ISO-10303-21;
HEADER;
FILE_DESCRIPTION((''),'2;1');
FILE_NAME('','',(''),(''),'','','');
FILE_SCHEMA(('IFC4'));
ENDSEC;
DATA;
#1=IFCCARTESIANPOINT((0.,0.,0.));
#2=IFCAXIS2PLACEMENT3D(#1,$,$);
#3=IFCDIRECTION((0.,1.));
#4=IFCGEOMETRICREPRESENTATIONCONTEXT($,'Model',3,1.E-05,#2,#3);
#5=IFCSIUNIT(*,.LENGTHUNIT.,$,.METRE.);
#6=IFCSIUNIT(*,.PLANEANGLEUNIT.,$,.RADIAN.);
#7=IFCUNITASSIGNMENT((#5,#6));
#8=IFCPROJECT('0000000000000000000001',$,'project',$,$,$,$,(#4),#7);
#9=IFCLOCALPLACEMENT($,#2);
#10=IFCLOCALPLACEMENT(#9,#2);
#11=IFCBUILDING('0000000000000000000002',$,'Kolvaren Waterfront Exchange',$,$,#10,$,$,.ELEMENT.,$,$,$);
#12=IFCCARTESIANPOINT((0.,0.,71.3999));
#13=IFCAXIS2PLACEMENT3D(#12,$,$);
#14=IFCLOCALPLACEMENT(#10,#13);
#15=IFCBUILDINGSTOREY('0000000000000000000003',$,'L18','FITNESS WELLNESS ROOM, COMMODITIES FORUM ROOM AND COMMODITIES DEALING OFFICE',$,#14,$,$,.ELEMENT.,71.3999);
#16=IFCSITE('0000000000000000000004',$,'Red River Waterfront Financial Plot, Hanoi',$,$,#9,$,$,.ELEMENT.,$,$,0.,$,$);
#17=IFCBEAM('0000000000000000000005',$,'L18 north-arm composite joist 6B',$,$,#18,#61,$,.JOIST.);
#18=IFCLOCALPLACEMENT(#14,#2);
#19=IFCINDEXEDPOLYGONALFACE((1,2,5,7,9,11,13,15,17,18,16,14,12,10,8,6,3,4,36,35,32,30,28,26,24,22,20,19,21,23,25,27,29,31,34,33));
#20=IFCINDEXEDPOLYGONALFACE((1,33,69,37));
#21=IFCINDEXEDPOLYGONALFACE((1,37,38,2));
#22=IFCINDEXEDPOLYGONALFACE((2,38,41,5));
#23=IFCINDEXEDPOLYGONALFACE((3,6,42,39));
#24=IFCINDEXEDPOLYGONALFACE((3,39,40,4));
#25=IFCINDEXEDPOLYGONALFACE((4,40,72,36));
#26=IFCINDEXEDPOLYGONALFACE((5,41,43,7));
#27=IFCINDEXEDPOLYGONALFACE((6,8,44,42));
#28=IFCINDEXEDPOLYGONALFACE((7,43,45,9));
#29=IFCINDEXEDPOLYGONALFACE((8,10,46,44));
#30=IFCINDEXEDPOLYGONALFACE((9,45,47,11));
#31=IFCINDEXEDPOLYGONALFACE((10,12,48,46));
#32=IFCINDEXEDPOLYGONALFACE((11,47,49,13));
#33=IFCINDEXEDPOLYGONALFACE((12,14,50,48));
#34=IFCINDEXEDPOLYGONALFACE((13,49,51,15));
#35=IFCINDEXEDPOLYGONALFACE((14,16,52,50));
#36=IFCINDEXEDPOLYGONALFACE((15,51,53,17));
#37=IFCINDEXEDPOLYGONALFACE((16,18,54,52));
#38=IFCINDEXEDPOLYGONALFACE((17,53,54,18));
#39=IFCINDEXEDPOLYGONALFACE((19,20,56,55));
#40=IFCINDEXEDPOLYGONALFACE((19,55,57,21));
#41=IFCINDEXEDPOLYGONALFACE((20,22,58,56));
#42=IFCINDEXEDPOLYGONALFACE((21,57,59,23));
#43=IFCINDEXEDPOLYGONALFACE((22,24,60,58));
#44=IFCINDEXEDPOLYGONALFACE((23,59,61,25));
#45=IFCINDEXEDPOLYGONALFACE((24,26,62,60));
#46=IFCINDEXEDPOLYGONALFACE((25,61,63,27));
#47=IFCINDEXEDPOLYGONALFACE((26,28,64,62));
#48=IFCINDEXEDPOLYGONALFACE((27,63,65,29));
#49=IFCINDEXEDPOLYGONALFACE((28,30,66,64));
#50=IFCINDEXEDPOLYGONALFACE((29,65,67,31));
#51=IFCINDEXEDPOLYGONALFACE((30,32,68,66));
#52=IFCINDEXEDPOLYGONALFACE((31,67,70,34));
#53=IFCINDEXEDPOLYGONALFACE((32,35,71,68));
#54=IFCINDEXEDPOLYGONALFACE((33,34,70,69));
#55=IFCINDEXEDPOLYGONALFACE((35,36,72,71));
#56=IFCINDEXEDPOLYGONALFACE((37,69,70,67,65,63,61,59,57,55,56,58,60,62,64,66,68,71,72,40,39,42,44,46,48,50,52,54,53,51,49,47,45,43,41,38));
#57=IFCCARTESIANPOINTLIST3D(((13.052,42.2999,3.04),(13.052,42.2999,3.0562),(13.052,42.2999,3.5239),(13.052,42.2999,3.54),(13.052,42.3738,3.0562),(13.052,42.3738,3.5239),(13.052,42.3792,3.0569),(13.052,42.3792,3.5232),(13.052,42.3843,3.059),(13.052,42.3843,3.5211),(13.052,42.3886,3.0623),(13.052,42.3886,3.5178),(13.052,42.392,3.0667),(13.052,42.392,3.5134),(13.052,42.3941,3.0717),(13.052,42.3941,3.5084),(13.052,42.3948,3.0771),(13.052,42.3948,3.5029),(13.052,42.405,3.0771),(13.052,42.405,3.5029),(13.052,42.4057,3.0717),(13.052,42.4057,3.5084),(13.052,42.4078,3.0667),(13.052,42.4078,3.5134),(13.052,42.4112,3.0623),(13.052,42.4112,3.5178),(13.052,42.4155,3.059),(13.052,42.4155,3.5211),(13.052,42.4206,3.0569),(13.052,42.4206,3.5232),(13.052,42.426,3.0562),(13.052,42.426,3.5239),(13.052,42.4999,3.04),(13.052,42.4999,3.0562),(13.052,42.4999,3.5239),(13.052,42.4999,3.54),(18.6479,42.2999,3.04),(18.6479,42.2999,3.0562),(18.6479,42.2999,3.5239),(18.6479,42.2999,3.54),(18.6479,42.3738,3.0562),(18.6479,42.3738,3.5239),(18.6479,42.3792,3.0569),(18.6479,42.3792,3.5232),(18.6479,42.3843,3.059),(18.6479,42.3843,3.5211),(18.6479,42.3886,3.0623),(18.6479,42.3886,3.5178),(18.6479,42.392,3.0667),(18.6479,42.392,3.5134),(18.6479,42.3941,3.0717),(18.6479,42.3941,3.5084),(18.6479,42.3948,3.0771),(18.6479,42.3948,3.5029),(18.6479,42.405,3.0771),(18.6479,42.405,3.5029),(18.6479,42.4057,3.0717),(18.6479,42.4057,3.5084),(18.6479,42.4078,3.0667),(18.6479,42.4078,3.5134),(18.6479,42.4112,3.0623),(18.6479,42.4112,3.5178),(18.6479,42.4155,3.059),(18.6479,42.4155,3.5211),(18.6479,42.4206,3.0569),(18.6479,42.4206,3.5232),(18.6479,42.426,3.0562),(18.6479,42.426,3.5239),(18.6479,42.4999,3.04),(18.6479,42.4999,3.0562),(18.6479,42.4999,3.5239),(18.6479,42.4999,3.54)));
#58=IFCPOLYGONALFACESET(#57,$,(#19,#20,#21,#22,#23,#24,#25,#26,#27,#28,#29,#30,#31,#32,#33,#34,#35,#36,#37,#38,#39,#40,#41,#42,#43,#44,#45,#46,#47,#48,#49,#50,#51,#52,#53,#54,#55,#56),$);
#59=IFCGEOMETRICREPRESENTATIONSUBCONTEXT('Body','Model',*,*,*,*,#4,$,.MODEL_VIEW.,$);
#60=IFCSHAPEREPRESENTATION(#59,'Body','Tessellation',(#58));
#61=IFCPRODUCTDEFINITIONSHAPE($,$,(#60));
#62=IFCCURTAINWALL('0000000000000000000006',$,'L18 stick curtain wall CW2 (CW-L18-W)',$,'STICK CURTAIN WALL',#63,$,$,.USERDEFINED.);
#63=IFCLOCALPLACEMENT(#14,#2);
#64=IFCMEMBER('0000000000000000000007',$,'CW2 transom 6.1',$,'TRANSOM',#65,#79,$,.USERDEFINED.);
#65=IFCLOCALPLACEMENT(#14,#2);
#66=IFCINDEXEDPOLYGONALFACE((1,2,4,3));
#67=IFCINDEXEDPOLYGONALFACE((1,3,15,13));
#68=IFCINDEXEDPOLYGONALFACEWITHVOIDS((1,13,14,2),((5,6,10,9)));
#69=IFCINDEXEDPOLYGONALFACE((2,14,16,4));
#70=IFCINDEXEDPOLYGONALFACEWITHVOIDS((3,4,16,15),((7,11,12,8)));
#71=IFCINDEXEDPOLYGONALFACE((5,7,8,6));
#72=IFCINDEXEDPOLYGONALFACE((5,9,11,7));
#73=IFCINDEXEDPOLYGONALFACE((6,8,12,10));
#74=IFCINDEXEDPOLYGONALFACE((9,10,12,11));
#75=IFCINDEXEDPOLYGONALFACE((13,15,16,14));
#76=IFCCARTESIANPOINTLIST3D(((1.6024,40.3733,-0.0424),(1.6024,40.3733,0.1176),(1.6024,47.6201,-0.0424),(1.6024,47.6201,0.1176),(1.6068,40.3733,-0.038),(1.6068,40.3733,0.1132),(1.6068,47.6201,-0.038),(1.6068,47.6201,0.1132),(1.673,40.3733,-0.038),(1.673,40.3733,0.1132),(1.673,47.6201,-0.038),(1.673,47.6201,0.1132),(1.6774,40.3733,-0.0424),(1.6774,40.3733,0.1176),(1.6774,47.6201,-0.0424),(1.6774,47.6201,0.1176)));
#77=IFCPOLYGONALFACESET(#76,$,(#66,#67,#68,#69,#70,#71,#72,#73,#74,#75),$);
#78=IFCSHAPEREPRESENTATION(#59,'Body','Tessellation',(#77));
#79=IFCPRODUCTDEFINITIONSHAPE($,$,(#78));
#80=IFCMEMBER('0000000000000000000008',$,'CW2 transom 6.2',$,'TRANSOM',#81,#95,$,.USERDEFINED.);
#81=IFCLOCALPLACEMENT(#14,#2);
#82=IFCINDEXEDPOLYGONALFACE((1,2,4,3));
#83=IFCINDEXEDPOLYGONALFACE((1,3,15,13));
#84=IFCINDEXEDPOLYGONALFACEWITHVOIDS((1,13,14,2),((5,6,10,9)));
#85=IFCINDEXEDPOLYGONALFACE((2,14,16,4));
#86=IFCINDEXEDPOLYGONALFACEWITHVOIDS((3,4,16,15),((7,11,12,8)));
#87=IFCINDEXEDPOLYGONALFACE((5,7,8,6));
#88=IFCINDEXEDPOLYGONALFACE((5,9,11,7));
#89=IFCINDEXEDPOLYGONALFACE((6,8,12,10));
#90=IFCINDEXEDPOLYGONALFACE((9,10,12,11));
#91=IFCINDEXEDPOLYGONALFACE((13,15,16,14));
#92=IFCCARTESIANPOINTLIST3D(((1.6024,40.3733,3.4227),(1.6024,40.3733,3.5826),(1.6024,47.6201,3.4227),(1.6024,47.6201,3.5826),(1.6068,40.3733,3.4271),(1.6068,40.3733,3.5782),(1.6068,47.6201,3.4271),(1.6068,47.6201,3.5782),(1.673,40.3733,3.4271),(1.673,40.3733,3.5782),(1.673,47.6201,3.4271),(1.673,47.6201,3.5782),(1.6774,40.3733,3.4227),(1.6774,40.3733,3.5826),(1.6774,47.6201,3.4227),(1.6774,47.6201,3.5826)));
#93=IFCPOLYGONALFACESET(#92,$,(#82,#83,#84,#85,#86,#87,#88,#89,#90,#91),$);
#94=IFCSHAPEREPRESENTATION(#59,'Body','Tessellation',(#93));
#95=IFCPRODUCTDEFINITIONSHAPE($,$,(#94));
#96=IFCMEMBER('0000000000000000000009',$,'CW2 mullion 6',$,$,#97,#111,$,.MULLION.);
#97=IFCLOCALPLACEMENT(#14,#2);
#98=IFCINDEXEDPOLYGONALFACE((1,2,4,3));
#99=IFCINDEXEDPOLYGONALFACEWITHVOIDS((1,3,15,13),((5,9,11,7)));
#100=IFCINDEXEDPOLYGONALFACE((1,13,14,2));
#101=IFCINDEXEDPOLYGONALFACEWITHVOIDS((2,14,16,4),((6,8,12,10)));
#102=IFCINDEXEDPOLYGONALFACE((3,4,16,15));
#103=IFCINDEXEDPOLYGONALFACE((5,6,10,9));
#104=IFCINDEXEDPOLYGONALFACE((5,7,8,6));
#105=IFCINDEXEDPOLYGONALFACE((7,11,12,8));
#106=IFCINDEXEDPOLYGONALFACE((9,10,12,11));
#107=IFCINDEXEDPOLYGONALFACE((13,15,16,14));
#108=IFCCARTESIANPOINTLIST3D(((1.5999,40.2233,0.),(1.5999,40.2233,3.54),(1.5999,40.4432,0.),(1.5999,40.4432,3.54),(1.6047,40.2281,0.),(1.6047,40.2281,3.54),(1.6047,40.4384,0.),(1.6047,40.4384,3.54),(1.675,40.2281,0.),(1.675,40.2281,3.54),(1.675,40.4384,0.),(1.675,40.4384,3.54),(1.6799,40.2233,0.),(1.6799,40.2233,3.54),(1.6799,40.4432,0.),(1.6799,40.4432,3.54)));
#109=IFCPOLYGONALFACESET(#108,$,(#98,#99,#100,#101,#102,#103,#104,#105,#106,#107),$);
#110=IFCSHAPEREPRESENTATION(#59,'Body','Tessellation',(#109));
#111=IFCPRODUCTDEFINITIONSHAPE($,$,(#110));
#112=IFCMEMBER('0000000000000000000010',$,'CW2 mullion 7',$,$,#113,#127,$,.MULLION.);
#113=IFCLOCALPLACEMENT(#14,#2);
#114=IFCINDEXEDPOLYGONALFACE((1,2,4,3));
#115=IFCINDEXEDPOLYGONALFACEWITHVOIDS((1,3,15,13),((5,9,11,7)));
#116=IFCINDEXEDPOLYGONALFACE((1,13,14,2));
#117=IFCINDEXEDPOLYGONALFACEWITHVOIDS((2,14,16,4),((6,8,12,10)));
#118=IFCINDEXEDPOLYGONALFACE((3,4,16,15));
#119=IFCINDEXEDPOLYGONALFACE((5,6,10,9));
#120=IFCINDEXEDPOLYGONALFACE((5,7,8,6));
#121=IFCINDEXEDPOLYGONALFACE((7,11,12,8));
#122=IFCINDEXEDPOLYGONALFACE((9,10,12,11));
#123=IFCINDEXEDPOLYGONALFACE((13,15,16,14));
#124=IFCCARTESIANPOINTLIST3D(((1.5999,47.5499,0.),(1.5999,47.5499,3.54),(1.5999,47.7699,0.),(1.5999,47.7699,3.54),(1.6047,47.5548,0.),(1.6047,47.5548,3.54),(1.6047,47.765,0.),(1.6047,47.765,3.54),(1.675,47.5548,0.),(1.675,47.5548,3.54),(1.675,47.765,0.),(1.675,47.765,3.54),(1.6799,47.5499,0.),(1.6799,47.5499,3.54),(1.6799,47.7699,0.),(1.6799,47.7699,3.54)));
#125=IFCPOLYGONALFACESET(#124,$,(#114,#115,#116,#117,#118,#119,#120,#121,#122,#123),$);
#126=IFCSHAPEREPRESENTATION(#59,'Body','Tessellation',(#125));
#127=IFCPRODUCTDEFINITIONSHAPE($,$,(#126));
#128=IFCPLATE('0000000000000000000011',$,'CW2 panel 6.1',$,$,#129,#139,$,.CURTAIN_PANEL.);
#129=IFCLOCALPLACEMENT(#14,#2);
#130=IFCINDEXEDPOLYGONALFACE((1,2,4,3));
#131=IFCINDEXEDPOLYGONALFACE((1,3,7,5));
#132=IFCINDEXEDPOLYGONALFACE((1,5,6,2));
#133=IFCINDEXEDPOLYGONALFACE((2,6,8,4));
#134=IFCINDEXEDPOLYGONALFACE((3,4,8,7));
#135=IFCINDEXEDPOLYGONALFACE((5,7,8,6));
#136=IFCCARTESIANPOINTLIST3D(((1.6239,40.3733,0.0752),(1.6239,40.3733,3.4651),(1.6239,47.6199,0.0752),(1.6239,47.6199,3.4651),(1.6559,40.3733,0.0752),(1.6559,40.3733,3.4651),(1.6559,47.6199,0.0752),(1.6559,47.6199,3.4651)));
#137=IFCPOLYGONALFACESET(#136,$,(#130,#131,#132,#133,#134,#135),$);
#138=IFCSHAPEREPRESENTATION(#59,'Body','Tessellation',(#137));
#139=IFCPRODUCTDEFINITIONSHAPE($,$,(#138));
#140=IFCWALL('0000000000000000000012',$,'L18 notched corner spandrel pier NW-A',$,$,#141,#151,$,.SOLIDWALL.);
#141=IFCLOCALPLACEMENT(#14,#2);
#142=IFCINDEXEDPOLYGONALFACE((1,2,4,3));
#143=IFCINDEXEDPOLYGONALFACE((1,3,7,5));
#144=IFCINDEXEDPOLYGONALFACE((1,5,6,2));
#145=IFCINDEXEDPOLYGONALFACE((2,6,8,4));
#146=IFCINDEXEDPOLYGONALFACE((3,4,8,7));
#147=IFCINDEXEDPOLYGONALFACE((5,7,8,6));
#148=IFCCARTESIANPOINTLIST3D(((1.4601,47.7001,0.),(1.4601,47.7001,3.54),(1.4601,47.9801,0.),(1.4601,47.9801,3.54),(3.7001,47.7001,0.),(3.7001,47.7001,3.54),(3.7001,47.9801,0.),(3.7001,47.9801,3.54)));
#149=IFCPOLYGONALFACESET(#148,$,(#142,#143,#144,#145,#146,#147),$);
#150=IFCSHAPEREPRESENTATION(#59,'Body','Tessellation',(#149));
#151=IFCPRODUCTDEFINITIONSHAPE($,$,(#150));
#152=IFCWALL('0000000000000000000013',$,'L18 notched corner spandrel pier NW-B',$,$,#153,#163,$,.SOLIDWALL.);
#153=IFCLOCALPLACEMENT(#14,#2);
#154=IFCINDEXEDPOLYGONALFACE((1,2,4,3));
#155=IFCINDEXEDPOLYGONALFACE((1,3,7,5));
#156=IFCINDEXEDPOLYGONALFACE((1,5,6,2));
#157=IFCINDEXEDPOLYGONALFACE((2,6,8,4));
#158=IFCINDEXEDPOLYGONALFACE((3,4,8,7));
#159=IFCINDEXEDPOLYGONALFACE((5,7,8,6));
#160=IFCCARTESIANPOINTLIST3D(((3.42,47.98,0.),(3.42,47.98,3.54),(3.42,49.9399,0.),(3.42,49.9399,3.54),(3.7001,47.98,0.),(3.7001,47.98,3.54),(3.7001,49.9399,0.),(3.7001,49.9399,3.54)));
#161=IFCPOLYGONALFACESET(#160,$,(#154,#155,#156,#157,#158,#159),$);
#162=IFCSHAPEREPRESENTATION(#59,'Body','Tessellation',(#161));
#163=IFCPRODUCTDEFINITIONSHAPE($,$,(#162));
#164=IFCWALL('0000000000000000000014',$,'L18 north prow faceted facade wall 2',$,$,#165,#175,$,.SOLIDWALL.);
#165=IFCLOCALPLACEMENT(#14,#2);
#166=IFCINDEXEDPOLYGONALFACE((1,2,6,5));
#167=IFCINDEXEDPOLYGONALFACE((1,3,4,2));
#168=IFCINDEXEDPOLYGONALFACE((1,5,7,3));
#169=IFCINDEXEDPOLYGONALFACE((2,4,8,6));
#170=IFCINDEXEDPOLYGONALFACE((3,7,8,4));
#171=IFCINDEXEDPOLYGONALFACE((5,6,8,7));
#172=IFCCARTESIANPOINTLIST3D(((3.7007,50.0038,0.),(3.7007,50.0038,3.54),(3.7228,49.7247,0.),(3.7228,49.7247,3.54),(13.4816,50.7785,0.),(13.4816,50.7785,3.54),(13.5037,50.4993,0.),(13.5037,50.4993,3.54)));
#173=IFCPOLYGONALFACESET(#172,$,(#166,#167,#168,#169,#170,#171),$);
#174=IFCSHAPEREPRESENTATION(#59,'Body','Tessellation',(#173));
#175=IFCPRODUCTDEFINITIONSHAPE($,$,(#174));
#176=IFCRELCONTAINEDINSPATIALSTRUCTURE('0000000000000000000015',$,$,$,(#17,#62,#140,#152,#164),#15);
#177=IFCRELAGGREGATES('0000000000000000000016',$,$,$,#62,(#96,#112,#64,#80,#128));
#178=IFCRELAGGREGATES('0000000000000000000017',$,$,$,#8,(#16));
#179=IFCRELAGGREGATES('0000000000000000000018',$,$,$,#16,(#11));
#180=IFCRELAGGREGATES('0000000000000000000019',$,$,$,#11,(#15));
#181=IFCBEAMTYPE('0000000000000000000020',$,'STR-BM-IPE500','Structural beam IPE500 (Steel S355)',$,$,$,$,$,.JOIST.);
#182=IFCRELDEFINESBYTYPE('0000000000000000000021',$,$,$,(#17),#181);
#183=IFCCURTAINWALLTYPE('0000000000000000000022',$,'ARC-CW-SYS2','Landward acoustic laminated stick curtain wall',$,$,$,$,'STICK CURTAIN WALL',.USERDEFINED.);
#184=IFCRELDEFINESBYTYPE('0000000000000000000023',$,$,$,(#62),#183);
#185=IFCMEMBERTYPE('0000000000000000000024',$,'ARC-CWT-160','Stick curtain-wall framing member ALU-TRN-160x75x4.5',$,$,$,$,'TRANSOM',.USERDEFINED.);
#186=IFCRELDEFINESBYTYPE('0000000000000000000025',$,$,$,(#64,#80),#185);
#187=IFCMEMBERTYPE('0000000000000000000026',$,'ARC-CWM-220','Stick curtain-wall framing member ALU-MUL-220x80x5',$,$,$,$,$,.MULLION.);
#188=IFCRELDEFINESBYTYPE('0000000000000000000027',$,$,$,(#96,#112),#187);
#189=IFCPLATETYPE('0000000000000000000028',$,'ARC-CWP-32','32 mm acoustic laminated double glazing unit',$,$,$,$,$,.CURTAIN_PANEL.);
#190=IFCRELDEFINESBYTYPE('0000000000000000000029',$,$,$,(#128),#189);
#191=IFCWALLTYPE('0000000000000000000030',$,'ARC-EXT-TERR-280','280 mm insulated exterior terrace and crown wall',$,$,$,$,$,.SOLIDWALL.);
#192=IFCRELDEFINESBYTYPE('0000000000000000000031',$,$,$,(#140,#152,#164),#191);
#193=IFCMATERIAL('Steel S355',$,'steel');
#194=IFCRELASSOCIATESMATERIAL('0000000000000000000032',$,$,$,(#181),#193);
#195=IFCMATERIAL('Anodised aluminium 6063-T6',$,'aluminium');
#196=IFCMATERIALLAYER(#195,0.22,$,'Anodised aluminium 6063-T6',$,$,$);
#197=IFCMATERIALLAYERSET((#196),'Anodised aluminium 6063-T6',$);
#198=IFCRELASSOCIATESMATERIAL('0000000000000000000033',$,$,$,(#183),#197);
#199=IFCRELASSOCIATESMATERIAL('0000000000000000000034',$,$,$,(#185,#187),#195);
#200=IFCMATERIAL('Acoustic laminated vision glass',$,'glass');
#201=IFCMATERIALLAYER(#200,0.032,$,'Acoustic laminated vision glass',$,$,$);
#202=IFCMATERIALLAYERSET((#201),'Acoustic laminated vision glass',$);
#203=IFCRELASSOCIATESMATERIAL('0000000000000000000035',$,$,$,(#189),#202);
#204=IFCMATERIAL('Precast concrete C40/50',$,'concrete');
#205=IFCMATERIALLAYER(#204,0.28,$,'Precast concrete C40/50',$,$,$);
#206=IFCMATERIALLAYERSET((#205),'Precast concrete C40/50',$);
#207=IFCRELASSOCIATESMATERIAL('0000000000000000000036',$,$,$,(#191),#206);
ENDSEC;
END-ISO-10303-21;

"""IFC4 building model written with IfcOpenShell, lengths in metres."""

from ifc_helpers import new_model, si_unit, direction, frame, frame_2d, origin, origin_with_axes, origin_2d, place, context, subcontext, project, spatial, rectangle, hollow_rectangle, i_section, extrude, source, transform, mapped, material, layer, layer_set, material_profile, profile_set, type_object, element, aggregate, save


model = new_model("IFC4")

# Units and contexts
model_context = context("Model", 3, precision=1e-05, world=origin(), true_north=direction((0.0, 1.0)))
body_context = subcontext(model_context, "Body", "Model", "MODEL_VIEW")
ifc_project = project(units=[si_unit("LENGTHUNIT", "METRE"), si_unit("PLANEANGLEUNIT", "RADIAN")], contexts=[model_context])

# Site, building, storey
site_placement = place(None, origin())
site = spatial("IfcSite", under=ifc_project, at=site_placement, Name="Red River Waterfront Financial Plot, Hanoi", CompositionType="ELEMENT", RefElevation=0.0)
building_placement = place(site_placement, origin())
building = spatial("IfcBuilding", under=site, at=building_placement, Name="Kolvaren Waterfront Exchange", CompositionType="ELEMENT")
storey_placement = place(building_placement, frame((0.0, 0.0, 71.3999)))
storey = spatial("IfcBuildingStorey", under=building, at=storey_placement, Name="L18", Description="FITNESS WELLNESS ROOM, COMMODITIES FORUM ROOM AND COMMODITIES DEALING OFFICE", CompositionType="ELEMENT", Elevation=71.3999)

# Beam
ifc_material_1 = material(Name="Steel S355", Category="steel")
ifc_material_profile_1 = material_profile(ifc_material_1, i_section(OverallWidth=0.2, OverallDepth=0.5, WebThickness=0.0103, FlangeThickness=0.0161, FilletRadius=0.021, at=origin_2d()), Name="IPE500")
ifc_profile_set_1 = profile_set([ifc_material_profile_1], Name="Steel S355")
beam_type_1 = type_object("IfcBeamType", Name="STR-BM-IPE500", Description="Structural beam IPE500 (Steel S355)", PredefinedType="JOIST", material=ifc_profile_set_1)
beam_1_placement = place(storey_placement, frame((13.052, 42.3999, 3.29), z_axis=(1.0, 0.0, 0.0), x_axis=(0.0, 1.0, 0.0)))
element("IfcBeam", 1, at=beam_1_placement, inside=storey, type_object=beam_type_1, Name="L18 north-arm composite joist 6B", PredefinedType="JOIST", context=body_context, shape_type="SweptSolid", body=[
    extrude(i_section(OverallWidth=0.2, OverallDepth=0.5, WebThickness=0.0103, FlangeThickness=0.0161, FilletRadius=0.021, at=origin_2d()), origin(), (0.0, 0.0, 1.0), 5.5959),
])

# Curtain wall, members, plate
ifc_material_2 = material(Name="Anodised aluminium 6063-T6", Category="aluminium")
ifc_layer_1 = layer(ifc_material_2, 0.22, Name="Anodised aluminium 6063-T6")
ifc_layer_set_1 = layer_set([ifc_layer_1], Name="Anodised aluminium 6063-T6")
curtain_wall_type = type_object("IfcCurtainWallType", Name="ARC-CW-SYS2", Description="Landward acoustic laminated stick curtain wall", ElementType="STICK CURTAIN WALL", PredefinedType="USERDEFINED", material=ifc_layer_set_1)
curtain_wall_placement = place(storey_placement, origin())
curtain_wall = element("IfcCurtainWall", 2, at=curtain_wall_placement, inside=storey, type_object=curtain_wall_type, Name="L18 stick curtain wall CW2 (CW-L18-W)", ObjectType="STICK CURTAIN WALL", PredefinedType="USERDEFINED")
ifc_material_profile_2 = material_profile(ifc_material_2, hollow_rectangle(XDim=0.075, YDim=0.1599, WallThickness=0.0044, at=origin_2d()), Name="ALU-TRN-160x75x4.5")
ifc_profile_set_2 = profile_set([ifc_material_profile_2], Name="Anodised aluminium 6063-T6")
member_type_1 = type_object("IfcMemberType", Name="ARC-CWT-160", Description="Stick curtain-wall framing member ALU-TRN-160x75x4.5", ElementType="TRANSOM", PredefinedType="USERDEFINED", material=ifc_profile_set_2)
shared_shape_1 = source(origin_with_axes(), body_context, "Body", "SweptSolid", [
    extrude(hollow_rectangle(XDim=0.075, YDim=0.1599, WallThickness=0.0044, at=origin_2d()), origin(), (0.0, 0.0, 1.0), 7.2468),
])
member_1_placement = place(storey_placement, frame((1.6399, 40.3733, 0.0376), z_axis=(0.0, 1.0, 0.0), x_axis=(-1.0, 0.0, 0.0)))
member_1 = element("IfcMember", 3, at=member_1_placement, type_object=member_type_1, Name="CW2 transom 6.1", ObjectType="TRANSOM", PredefinedType="USERDEFINED", context=body_context, shape_type="MappedRepresentation", body=[
    mapped(shared_shape_1, transform((0.0, 0.0, 0.0), x_axis=(1.0, 0.0, 0.0), y_axis=(0.0, 1.0, 0.0), z_axis=(0.0, 0.0, 1.0), scale=1.0)),
])
member_2_placement = place(storey_placement, frame((1.6399, 40.3733, 3.5027), z_axis=(0.0, 1.0, 0.0), x_axis=(-1.0, 0.0, 0.0)))
member_2 = element("IfcMember", 4, at=member_2_placement, type_object=member_type_1, Name="CW2 transom 6.2", ObjectType="TRANSOM", PredefinedType="USERDEFINED", context=body_context, shape_type="MappedRepresentation", body=[
    mapped(shared_shape_1, transform((0.0, 0.0, 0.0), x_axis=(1.0, 0.0, 0.0), y_axis=(0.0, 1.0, 0.0), z_axis=(0.0, 0.0, 1.0), scale=1.0)),
])
ifc_material_profile_3 = material_profile(ifc_material_2, hollow_rectangle(XDim=0.0801, YDim=0.22, WallThickness=0.0049, at=origin_2d()), Name="ALU-MUL-220x80x5")
ifc_profile_set_3 = profile_set([ifc_material_profile_3], Name="Anodised aluminium 6063-T6")
member_type_2 = type_object("IfcMemberType", Name="ARC-CWM-220", Description="Stick curtain-wall framing member ALU-MUL-220x80x5", PredefinedType="MULLION", material=ifc_profile_set_3)
shared_shape_2 = source(origin_with_axes(), body_context, "Body", "SweptSolid", [
    extrude(hollow_rectangle(XDim=0.0801, YDim=0.22, WallThickness=0.0049, at=origin_2d()), origin(), (0.0, 0.0, 1.0), 3.54),
])
member_3_placement = place(storey_placement, frame((1.6399, 40.3333, 0.0), z_axis=(0.0, 0.0, 1.0), x_axis=(-1.0, 0.0, 0.0)))
member_3 = element("IfcMember", 5, at=member_3_placement, type_object=member_type_2, Name="CW2 mullion 6", PredefinedType="MULLION", context=body_context, shape_type="MappedRepresentation", body=[
    mapped(shared_shape_2, transform((0.0, 0.0, 0.0), x_axis=(1.0, 0.0, 0.0), y_axis=(0.0, 1.0, 0.0), z_axis=(0.0, 0.0, 1.0), scale=1.0)),
])
member_4_placement = place(storey_placement, frame((1.6399, 47.6599, 0.0), z_axis=(0.0, 0.0, 1.0), x_axis=(-1.0, 0.0, 0.0)))
member_4 = element("IfcMember", 6, at=member_4_placement, type_object=member_type_2, Name="CW2 mullion 7", PredefinedType="MULLION", context=body_context, shape_type="MappedRepresentation", body=[
    mapped(shared_shape_2, transform((0.0, 0.0, 0.0), x_axis=(1.0, 0.0, 0.0), y_axis=(0.0, 1.0, 0.0), z_axis=(0.0, 0.0, 1.0), scale=1.0)),
])
ifc_material_3 = material(Name="Acoustic laminated vision glass", Category="glass")
ifc_layer_2 = layer(ifc_material_3, 0.032, Name="Acoustic laminated vision glass")
ifc_layer_set_2 = layer_set([ifc_layer_2], Name="Acoustic laminated vision glass")
plate_type = type_object("IfcPlateType", Name="ARC-CWP-32", Description="32 mm acoustic laminated double glazing unit", PredefinedType="CURTAIN_PANEL", material=ifc_layer_set_2)
shared_shape_3 = source(origin_with_axes(), body_context, "Body", "SweptSolid", [
    extrude(rectangle(XDim=7.2466, YDim=0.032, at=origin_2d()), origin(), (0.0, 0.0, 1.0), 3.3899),
])
plate_placement = place(storey_placement, frame((1.6399, 43.9966, 0.0752), z_axis=(0.0, 0.0, 1.0), x_axis=(0.0, 1.0, 0.0)))
plate = element("IfcPlate", 7, at=plate_placement, type_object=plate_type, Name="CW2 panel 6.1", PredefinedType="CURTAIN_PANEL", context=body_context, shape_type="MappedRepresentation", body=[
    mapped(shared_shape_3, transform((0.0, 0.0, 0.0), x_axis=(1.0, 0.0, 0.0), y_axis=(0.0, 1.0, 0.0), z_axis=(0.0, 0.0, 1.0), scale=1.0)),
])
aggregate(curtain_wall, [member_3, member_4, member_1, member_2, plate])

# Walls
ifc_material_4 = material(Name="Precast concrete C40/50", Category="concrete")
ifc_layer_3 = layer(ifc_material_4, 0.28, Name="Precast concrete C40/50")
ifc_layer_set_3 = layer_set([ifc_layer_3], Name="Precast concrete C40/50")
wall_type_1 = type_object("IfcWallType", Name="ARC-EXT-TERR-280", Description="280 mm insulated exterior terrace and crown wall", PredefinedType="SOLIDWALL", material=ifc_layer_set_3)
wall_1_placement = place(storey_placement, frame((1.46, 47.8401, 0.0), z_axis=(0.0, 0.0, 1.0), x_axis=(1.0, 0.0, 0.0)))
element("IfcWall", 8, at=wall_1_placement, inside=storey, type_object=wall_type_1, Name="L18 notched corner spandrel pier NW-A", PredefinedType="SOLIDWALL", context=body_context, shape_type="SweptSolid", body=[
    extrude(rectangle(XDim=2.24, YDim=0.28, at=frame_2d((1.1201, 0.0))), origin(), (0.0, 0.0, 1.0), 3.54),
])
wall_2_placement = place(storey_placement, frame((3.5601, 47.98, 0.0), z_axis=(0.0, 0.0, 1.0), x_axis=(0.0, 1.0, 0.0)))
element("IfcWall", 9, at=wall_2_placement, inside=storey, type_object=wall_type_1, Name="L18 notched corner spandrel pier NW-B", PredefinedType="SOLIDWALL", context=body_context, shape_type="SweptSolid", body=[
    extrude(rectangle(XDim=1.96, YDim=0.28, at=frame_2d((0.98, 0.0))), origin(), (0.0, 0.0, 1.0), 3.54),
])
wall_3_placement = place(storey_placement, frame((13.4927, 50.6389, 0.0), z_axis=(0.0, 0.0, 1.0), x_axis=(-0.996878, -0.078953, 0.0)))
element("IfcWall", 10, at=wall_3_placement, inside=storey, type_object=wall_type_1, Name="L18 north prow faceted facade wall 2", PredefinedType="SOLIDWALL", context=body_context, shape_type="SweptSolid", body=[
    extrude(rectangle(XDim=9.8115, YDim=0.28, at=frame_2d((4.9058, 0.0))), origin(), (0.0, 0.0, 1.0), 3.54),
])

save(model, "model.ifc")
